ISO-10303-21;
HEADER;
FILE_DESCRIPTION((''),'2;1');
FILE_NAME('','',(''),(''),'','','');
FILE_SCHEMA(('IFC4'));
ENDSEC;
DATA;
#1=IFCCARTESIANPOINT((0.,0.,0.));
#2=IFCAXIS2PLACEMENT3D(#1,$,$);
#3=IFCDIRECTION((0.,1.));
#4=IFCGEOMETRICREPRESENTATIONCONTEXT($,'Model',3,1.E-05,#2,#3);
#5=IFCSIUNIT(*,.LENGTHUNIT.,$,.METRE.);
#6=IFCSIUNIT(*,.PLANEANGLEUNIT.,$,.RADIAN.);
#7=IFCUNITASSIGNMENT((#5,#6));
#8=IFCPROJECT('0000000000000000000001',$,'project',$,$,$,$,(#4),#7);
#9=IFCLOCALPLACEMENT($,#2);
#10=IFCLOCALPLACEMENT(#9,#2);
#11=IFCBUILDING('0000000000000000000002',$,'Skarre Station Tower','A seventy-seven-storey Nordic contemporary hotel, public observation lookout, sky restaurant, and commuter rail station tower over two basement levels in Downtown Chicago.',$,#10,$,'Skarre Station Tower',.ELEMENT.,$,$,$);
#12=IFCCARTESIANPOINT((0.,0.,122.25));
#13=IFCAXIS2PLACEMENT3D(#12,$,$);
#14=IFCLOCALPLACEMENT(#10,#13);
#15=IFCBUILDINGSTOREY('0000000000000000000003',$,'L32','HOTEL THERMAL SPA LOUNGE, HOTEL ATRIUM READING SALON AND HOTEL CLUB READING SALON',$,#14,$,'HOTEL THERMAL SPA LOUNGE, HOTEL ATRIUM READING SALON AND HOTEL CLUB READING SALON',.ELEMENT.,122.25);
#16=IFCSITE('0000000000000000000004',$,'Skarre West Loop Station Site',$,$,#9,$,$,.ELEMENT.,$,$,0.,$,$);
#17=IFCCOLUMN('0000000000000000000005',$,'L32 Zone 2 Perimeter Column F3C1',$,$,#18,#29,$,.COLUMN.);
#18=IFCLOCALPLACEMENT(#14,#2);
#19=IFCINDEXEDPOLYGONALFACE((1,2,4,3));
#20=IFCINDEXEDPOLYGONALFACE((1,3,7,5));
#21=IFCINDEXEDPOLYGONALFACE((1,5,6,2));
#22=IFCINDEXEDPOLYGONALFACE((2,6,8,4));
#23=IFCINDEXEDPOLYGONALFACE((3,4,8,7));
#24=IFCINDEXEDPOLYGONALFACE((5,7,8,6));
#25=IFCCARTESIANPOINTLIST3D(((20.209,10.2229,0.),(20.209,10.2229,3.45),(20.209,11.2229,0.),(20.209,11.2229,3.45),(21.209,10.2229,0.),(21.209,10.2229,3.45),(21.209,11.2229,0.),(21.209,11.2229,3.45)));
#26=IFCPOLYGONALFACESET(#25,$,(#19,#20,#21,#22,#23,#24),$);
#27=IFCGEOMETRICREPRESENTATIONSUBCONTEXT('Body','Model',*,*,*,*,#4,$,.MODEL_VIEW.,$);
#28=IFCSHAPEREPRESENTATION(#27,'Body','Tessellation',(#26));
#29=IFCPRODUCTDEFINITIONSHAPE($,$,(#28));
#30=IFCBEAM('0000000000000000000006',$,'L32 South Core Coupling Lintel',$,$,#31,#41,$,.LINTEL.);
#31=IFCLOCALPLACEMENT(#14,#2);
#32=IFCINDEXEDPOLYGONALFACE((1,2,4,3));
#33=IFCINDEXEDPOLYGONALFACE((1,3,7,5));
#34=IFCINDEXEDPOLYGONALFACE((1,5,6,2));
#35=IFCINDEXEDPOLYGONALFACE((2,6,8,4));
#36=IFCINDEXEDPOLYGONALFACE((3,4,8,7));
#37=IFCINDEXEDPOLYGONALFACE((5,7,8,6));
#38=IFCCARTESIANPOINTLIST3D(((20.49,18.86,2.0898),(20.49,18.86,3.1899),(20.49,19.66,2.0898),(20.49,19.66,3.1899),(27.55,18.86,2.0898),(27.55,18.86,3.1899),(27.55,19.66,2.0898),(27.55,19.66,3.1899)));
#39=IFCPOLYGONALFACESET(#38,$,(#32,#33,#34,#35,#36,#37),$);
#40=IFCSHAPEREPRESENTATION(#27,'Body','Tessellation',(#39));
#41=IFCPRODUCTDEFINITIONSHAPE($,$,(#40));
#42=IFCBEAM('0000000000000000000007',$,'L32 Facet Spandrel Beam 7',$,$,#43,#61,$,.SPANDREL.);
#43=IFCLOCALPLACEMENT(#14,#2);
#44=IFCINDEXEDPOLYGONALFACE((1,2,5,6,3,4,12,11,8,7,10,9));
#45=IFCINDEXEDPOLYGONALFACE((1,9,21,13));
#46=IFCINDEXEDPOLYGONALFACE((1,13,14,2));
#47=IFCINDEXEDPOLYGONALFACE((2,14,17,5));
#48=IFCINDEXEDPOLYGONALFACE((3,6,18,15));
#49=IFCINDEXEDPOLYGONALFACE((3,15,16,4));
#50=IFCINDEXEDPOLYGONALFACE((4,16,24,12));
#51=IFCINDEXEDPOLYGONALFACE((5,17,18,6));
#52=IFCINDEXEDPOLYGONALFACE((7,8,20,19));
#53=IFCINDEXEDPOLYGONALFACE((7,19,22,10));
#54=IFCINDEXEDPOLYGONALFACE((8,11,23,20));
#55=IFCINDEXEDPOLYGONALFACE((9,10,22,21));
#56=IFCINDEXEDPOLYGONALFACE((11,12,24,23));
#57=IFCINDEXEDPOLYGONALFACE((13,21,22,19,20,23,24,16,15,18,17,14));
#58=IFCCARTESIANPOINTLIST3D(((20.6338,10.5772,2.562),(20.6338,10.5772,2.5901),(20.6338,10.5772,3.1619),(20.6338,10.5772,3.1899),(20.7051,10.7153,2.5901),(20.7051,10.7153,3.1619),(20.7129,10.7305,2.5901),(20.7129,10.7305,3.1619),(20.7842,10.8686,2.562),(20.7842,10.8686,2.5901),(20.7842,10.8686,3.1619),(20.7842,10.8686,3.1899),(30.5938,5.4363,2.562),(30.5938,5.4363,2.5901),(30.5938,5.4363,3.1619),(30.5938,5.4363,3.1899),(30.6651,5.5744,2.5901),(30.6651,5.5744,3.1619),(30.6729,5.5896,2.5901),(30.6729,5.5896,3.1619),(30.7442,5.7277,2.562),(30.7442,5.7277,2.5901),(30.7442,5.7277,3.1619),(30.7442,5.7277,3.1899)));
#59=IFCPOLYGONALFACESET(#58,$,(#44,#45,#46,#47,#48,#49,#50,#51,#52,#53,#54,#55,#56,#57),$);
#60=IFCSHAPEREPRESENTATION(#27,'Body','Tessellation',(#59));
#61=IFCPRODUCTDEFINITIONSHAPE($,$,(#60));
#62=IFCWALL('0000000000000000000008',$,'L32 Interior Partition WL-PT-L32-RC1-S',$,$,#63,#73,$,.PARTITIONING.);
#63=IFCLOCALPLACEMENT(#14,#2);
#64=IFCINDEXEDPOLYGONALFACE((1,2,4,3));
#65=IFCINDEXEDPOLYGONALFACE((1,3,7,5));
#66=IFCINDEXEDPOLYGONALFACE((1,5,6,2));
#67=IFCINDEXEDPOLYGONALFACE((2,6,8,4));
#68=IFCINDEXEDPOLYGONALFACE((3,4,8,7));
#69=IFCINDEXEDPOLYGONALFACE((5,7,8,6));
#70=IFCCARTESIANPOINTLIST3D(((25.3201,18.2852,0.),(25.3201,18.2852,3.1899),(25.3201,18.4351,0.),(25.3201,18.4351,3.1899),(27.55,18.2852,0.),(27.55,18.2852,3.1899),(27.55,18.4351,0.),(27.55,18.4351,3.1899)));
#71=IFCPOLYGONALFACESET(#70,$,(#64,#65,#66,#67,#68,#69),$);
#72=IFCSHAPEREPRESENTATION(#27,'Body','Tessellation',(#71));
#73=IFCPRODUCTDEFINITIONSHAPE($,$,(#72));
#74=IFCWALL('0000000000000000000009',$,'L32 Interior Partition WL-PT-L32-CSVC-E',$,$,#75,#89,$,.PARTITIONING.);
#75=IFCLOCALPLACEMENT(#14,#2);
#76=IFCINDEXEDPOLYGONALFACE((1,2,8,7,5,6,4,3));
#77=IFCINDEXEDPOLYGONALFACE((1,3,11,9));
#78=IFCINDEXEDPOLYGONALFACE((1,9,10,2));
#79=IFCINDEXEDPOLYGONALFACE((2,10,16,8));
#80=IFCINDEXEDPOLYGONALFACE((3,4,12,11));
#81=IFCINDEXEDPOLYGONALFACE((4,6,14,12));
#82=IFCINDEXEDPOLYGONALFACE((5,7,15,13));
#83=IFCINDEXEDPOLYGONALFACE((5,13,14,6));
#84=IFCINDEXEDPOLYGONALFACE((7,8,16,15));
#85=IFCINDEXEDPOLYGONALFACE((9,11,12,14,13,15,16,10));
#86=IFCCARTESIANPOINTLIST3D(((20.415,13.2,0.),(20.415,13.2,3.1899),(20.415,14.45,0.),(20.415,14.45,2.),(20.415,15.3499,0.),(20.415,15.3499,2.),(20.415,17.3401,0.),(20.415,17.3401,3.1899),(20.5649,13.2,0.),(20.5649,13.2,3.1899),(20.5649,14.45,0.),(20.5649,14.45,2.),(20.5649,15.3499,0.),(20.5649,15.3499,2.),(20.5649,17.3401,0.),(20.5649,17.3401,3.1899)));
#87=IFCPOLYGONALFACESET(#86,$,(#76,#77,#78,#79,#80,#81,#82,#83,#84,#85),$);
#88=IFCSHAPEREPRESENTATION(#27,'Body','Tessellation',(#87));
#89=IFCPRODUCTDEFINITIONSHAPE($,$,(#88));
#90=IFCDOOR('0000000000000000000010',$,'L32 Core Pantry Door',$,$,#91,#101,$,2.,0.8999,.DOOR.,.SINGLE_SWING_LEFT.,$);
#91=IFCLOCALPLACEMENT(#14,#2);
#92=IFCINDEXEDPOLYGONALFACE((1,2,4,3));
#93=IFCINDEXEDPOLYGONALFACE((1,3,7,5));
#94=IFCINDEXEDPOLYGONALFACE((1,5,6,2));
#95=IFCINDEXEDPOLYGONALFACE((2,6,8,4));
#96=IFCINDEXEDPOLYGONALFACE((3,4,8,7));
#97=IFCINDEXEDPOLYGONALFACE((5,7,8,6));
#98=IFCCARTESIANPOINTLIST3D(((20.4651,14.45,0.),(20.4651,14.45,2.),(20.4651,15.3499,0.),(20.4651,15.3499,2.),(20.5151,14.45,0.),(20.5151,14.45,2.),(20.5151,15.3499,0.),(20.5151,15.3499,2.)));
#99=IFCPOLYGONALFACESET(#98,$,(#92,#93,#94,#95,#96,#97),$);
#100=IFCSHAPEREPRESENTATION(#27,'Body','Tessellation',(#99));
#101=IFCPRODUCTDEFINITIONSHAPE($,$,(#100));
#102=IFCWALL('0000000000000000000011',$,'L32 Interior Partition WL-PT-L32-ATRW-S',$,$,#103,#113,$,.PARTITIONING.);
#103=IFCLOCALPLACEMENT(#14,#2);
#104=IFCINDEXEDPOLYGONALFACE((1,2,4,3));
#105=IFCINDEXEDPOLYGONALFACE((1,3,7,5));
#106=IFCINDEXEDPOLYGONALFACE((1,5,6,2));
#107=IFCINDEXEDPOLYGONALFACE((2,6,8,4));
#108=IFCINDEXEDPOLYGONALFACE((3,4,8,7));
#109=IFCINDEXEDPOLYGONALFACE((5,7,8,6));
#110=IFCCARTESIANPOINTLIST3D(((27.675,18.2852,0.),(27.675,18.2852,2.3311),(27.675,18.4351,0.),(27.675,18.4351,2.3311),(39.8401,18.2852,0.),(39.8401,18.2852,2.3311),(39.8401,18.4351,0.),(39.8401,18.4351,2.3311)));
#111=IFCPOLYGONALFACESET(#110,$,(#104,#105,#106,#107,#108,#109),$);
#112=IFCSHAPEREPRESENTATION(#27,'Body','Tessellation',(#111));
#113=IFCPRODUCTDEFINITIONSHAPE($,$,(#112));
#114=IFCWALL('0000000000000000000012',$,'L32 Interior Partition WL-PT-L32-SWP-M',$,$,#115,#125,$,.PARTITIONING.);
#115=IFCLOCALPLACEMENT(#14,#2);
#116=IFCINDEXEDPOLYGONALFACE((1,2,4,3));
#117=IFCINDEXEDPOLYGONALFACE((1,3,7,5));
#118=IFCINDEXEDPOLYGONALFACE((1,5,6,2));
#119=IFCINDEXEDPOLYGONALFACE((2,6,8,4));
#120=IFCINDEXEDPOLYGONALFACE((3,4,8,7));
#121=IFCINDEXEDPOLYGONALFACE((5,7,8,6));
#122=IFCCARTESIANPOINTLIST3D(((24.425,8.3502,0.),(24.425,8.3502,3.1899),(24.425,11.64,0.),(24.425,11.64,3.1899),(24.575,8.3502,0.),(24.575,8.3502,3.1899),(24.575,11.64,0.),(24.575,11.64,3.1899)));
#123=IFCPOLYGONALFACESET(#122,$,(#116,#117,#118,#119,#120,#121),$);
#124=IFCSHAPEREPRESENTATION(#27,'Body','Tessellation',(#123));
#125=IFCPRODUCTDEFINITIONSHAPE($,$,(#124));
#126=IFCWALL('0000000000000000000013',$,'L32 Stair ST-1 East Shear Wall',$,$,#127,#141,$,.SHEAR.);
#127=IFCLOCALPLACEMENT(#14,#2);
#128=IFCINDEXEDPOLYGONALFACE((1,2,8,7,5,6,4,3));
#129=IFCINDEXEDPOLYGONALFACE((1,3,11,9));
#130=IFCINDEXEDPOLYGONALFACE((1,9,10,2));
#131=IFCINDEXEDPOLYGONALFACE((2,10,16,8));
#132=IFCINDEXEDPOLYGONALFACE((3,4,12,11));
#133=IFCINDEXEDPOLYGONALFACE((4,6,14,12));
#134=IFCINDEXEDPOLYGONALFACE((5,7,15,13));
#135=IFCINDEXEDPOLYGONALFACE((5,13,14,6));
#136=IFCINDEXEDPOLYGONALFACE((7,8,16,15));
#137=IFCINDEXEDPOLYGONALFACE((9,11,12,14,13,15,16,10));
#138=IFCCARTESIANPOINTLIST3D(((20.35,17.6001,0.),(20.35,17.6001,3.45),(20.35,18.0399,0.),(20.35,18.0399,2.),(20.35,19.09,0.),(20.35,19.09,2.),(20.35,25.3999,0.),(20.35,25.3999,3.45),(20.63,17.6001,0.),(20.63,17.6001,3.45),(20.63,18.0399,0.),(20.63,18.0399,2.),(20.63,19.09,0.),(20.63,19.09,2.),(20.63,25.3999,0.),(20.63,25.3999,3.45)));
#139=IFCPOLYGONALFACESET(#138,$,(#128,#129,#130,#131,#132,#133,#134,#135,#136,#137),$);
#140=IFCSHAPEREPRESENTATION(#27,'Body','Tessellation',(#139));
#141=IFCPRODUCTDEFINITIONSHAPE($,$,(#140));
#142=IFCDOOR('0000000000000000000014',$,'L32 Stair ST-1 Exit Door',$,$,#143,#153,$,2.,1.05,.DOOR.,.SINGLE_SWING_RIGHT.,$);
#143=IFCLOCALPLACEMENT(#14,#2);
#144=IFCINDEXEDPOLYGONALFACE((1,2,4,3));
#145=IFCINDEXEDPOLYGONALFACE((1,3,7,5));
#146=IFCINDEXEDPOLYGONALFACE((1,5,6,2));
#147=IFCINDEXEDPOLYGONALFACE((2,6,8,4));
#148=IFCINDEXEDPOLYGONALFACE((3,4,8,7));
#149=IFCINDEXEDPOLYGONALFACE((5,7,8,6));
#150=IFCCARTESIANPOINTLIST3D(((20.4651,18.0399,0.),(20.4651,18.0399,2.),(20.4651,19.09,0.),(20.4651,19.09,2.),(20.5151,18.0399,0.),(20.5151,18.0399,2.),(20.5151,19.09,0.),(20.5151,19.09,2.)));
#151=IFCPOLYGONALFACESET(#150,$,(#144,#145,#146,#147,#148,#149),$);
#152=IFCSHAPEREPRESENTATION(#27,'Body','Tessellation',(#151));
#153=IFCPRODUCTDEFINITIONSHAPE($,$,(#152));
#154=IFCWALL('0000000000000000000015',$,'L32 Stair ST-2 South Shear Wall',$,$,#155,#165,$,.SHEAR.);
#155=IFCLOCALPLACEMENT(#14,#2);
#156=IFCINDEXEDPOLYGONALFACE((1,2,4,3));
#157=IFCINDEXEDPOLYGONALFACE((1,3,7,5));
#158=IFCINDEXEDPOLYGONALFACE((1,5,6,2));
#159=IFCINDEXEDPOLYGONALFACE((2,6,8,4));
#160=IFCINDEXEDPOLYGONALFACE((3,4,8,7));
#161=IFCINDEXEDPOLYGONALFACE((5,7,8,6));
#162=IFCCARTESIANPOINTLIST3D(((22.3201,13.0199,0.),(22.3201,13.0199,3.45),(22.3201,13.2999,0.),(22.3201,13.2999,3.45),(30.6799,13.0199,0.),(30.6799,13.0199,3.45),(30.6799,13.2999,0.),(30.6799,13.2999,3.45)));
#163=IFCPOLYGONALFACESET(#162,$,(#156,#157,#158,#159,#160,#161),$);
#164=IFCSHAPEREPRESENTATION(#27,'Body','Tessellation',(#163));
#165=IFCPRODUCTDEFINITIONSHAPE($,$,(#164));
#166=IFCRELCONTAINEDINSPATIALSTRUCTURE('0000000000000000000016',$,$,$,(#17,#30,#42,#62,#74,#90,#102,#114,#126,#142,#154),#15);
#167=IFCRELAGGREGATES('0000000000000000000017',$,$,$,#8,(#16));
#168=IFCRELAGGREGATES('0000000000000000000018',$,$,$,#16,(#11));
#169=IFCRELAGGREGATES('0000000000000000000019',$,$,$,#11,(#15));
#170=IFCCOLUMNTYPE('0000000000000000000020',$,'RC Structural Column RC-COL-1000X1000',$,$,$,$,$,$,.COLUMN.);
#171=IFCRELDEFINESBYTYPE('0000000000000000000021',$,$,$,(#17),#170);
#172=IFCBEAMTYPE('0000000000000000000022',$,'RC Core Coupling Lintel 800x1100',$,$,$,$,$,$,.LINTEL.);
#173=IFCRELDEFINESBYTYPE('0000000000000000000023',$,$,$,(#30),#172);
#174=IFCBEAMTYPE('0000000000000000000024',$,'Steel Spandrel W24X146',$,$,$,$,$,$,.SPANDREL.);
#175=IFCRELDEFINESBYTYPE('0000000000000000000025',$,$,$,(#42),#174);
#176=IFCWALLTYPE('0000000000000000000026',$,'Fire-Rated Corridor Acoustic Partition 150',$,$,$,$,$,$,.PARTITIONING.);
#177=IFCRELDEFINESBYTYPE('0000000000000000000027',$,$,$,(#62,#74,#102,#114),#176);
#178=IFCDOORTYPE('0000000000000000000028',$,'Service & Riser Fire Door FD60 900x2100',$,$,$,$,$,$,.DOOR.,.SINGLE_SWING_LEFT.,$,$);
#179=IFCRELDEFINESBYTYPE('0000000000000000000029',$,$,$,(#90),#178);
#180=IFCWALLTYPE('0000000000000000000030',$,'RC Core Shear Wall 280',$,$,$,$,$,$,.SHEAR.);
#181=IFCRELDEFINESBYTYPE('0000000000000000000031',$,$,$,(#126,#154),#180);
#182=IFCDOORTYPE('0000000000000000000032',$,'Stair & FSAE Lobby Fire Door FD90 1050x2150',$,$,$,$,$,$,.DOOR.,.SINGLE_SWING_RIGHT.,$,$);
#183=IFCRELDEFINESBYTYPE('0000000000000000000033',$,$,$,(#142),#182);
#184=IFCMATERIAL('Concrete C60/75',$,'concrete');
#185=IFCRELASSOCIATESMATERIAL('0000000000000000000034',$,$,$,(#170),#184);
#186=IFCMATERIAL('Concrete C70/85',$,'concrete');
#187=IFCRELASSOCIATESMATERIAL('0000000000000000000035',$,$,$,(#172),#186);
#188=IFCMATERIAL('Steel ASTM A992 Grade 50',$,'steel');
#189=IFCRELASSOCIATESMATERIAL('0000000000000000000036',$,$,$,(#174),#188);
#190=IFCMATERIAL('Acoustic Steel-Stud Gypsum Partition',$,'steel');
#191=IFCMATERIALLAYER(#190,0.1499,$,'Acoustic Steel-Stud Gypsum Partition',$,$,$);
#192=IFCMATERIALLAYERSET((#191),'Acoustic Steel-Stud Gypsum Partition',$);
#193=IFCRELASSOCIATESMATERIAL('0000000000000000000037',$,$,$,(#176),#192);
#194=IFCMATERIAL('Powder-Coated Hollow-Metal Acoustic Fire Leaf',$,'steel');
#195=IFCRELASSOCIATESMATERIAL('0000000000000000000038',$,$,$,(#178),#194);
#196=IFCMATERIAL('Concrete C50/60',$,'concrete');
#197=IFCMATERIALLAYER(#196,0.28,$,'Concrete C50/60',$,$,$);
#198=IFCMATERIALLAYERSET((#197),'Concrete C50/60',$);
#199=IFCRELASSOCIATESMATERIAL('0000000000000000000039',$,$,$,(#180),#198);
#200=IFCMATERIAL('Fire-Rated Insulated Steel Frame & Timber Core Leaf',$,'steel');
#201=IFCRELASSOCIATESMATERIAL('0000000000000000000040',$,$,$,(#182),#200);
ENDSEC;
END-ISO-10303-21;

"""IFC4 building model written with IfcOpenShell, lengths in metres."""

from ifc_helpers import new_model, si_unit, direction, frame, frame_2d, origin, origin_2d, place, context, subcontext, project, spatial, rectangle, i_section, extrude, material, layer, layer_set, material_profile, profile_set, type_object, element, fill, save


model = new_model("IFC4")

# Units and contexts
model_context = context("Model", 3, precision=1e-05, world=origin(), true_north=direction((0.0, 1.0)))
body_context = subcontext(model_context, "Body", "Model", "MODEL_VIEW")
ifc_project = project(units=[si_unit("LENGTHUNIT", "METRE"), si_unit("PLANEANGLEUNIT", "RADIAN")], contexts=[model_context])

# Site, building, storey
site_placement = place(None, origin())
site = spatial("IfcSite", under=ifc_project, at=site_placement, Name="Skarre West Loop Station Site", CompositionType="ELEMENT", RefElevation=0.0)
building_placement = place(site_placement, origin())
building = spatial("IfcBuilding", under=site, at=building_placement, Name="Skarre Station Tower", Description="A seventy-seven-storey Nordic contemporary hotel, public observation lookout, sky restaurant, and commuter rail station tower over two basement levels in Downtown Chicago.", LongName="Skarre Station Tower", CompositionType="ELEMENT")
storey_placement = place(building_placement, frame((0.0, 0.0, 122.25)))
storey = spatial("IfcBuildingStorey", under=building, at=storey_placement, Name="L32", Description="HOTEL THERMAL SPA LOUNGE, HOTEL ATRIUM READING SALON AND HOTEL CLUB READING SALON", LongName="HOTEL THERMAL SPA LOUNGE, HOTEL ATRIUM READING SALON AND HOTEL CLUB READING SALON", CompositionType="ELEMENT", Elevation=122.25)

# Column
ifc_material_1 = material(Name="Concrete C60/75", Category="concrete")
ifc_material_profile_1 = material_profile(ifc_material_1, rectangle(XDim=1.0, YDim=1.0, at=origin_2d()), Name="Concrete C60/75")
ifc_profile_set_1 = profile_set([ifc_material_profile_1], Name="Concrete C60/75")
column_type = type_object("IfcColumnType", Name="RC Structural Column RC-COL-1000X1000", PredefinedType="COLUMN", material=ifc_profile_set_1)
column_placement = place(storey_placement, frame((20.709, 10.7229, 0.0), z_axis=(0.0, 0.0, 1.0), x_axis=(1.0, 0.0, 0.0)))
element("IfcColumn", 1, at=column_placement, inside=storey, type_object=column_type, Name="L32 Zone 2 Perimeter Column F3C1", PredefinedType="COLUMN", context=body_context, shape_type="SweptSolid", body=[
    extrude(rectangle(XDim=1.0, YDim=1.0, at=origin_2d()), origin(), (0.0, 0.0, 1.0), 3.45),
])

# Beams
ifc_material_2 = material(Name="Concrete C70/85", Category="concrete")
ifc_material_profile_2 = material_profile(ifc_material_2, rectangle(XDim=0.8, YDim=1.1001, at=origin_2d()), Name="Concrete C70/85")
ifc_profile_set_2 = profile_set([ifc_material_profile_2], Name="Concrete C70/85")
beam_type_1 = type_object("IfcBeamType", Name="RC Core Coupling Lintel 800x1100", PredefinedType="LINTEL", material=ifc_profile_set_2)
beam_1_placement = place(storey_placement, frame((20.49, 19.26, 2.6399), z_axis=(1.0, 0.0, 0.0), x_axis=(0.0, 1.0, 0.0)))
element("IfcBeam", 2, at=beam_1_placement, inside=storey, type_object=beam_type_1, Name="L32 South Core Coupling Lintel", PredefinedType="LINTEL", context=body_context, shape_type="SweptSolid", body=[
    extrude(rectangle(XDim=0.8, YDim=1.1001, at=origin_2d()), origin(), (0.0, 0.0, 1.0), 7.0601),
])
ifc_material_3 = material(Name="Steel ASTM A992 Grade 50", Category="steel")
ifc_material_profile_3 = material_profile(ifc_material_3, i_section(OverallWidth=0.3279, OverallDepth=0.6279, WebThickness=0.0171, FlangeThickness=0.0281, at=origin_2d()), Name="Steel ASTM A992 Grade 50")
ifc_profile_set_3 = profile_set([ifc_material_profile_3], Name="Steel ASTM A992 Grade 50")
beam_type_2 = type_object("IfcBeamType", Name="Steel Spandrel W24X146", PredefinedType="SPANDREL", material=ifc_profile_set_3)
beam_2_placement = place(storey_placement, frame((20.709, 10.7229, 2.876), z_axis=(0.888612, -0.45866, 0.0), x_axis=(0.45866, 0.888612, 0.0)))
element("IfcBeam", 3, at=beam_2_placement, inside=storey, type_object=beam_type_2, Name="L32 Facet Spandrel Beam 7", PredefinedType="SPANDREL", context=body_context, shape_type="SweptSolid", body=[
    extrude(i_section(OverallWidth=0.3279, OverallDepth=0.6279, WebThickness=0.0171, FlangeThickness=0.0281, at=origin_2d()), origin(), (0.0, 0.0, 1.0), 11.2085),
])

# Wall
ifc_material_4 = material(Name="Acoustic Steel-Stud Gypsum Partition", Category="steel")
ifc_layer_1 = layer(ifc_material_4, 0.1499, Name="Acoustic Steel-Stud Gypsum Partition")
ifc_layer_set_1 = layer_set([ifc_layer_1], Name="Acoustic Steel-Stud Gypsum Partition")
wall_type_1 = type_object("IfcWallType", Name="Fire-Rated Corridor Acoustic Partition 150", PredefinedType="PARTITIONING", material=ifc_layer_set_1)
wall_1_placement = place(storey_placement, frame((25.3201, 18.3601, 0.0), z_axis=(0.0, 0.0, 1.0), x_axis=(1.0, 0.0, 0.0)))
element("IfcWall", 4, at=wall_1_placement, inside=storey, type_object=wall_type_1, Name="L32 Interior Partition WL-PT-L32-RC1-S", PredefinedType="PARTITIONING", context=body_context, shape_type="SweptSolid", body=[
    extrude(rectangle(XDim=2.23, YDim=0.1499, at=frame_2d((1.115, 0.0))), origin(), (0.0, 0.0, 1.0), 3.1899),
])

# Wall, opening, door
wall_2_placement = place(storey_placement, frame((20.49, 13.2, 0.0), z_axis=(0.0, 0.0, 1.0), x_axis=(0.0, 1.0, 0.0)))
wall_2 = element("IfcWall", 5, at=wall_2_placement, inside=storey, type_object=wall_type_1, Name="L32 Interior Partition WL-PT-L32-CSVC-E", PredefinedType="PARTITIONING", context=body_context, shape_type="SweptSolid", body=[
    extrude(rectangle(XDim=4.1401, YDim=0.1499, at=frame_2d((2.0701, 0.0))), origin(), (0.0, 0.0, 1.0), 3.1899),
])
opening_1_placement = place(wall_2_placement, frame((1.25, 0.0, 0.0)))
opening_1 = element("IfcOpeningElement", 6, at=opening_1_placement, cuts=wall_2, PredefinedType="OPENING", context=body_context, shape_type="SweptSolid", body=[
    extrude(rectangle(XDim=0.8999, YDim=2.0, at=frame_2d((0.45, 1.0))), frame((0.0, 0.085, 0.0), z_axis=(0.0, -1.0, 0.0), x_axis=(1.0, 0.0, 0.0)), (0.0, 0.0, 1.0), 0.1699),
])
ifc_material_5 = material(Name="Powder-Coated Hollow-Metal Acoustic Fire Leaf", Category="steel")
door_type_1 = type_object("IfcDoorType", Name="Service & Riser Fire Door FD60 900x2100", OperationType="SINGLE_SWING_LEFT", PredefinedType="DOOR", material=ifc_material_5)
door_1_placement = place(opening_1_placement, origin())
door_1 = element("IfcDoor", 7, at=door_1_placement, inside=storey, type_object=door_type_1, Name="L32 Core Pantry Door", OperationType="SINGLE_SWING_LEFT", OverallHeight=2.0, OverallWidth=0.8999, PredefinedType="DOOR", context=body_context, shape_type="SweptSolid", body=[
    extrude(rectangle(XDim=0.8999, YDim=2.0, at=frame_2d((0.45, 1.0))), frame((0.0, 0.0249, 0.0), z_axis=(0.0, -1.0, 0.0), x_axis=(1.0, 0.0, 0.0)), (0.0, 0.0, 1.0), 0.05),
])
fill(opening_1, door_1)

# Walls
wall_3_placement = place(storey_placement, frame((27.675, 18.3601, 0.0), z_axis=(0.0, 0.0, 1.0), x_axis=(1.0, 0.0, 0.0)))
element("IfcWall", 8, at=wall_3_placement, inside=storey, type_object=wall_type_1, Name="L32 Interior Partition WL-PT-L32-ATRW-S", PredefinedType="PARTITIONING", context=body_context, shape_type="SweptSolid", body=[
    extrude(rectangle(XDim=12.165, YDim=0.1499, at=frame_2d((6.0825, 0.0))), origin(), (0.0, 0.0, 1.0), 2.3311),
])
wall_4_placement = place(storey_placement, frame((24.5, 8.3501, 0.0), z_axis=(0.0, 0.0, 1.0), x_axis=(0.0, 1.0, 0.0)))
element("IfcWall", 9, at=wall_4_placement, inside=storey, type_object=wall_type_1, Name="L32 Interior Partition WL-PT-L32-SWP-M", PredefinedType="PARTITIONING", context=body_context, shape_type="SweptSolid", body=[
    extrude(rectangle(XDim=3.2898, YDim=0.1499, at=frame_2d((1.645, 0.0))), origin(), (0.0, 0.0, 1.0), 3.1899),
])

# Wall, opening, door
ifc_material_6 = material(Name="Concrete C50/60", Category="concrete")
ifc_layer_2 = layer(ifc_material_6, 0.28, Name="Concrete C50/60")
ifc_layer_set_2 = layer_set([ifc_layer_2], Name="Concrete C50/60")
wall_type_2 = type_object("IfcWallType", Name="RC Core Shear Wall 280", PredefinedType="SHEAR", material=ifc_layer_set_2)
wall_5_placement = place(storey_placement, frame((20.49, 17.6001, 0.0), z_axis=(0.0, 0.0, 1.0), x_axis=(0.0, 1.0, 0.0)))
wall_5 = element("IfcWall", 10, at=wall_5_placement, inside=storey, type_object=wall_type_2, Name="L32 Stair ST-1 East Shear Wall", PredefinedType="SHEAR", context=body_context, shape_type="SweptSolid", body=[
    extrude(rectangle(XDim=7.7998, YDim=0.28, at=frame_2d((3.8999, 0.0))), origin(), (0.0, 0.0, 1.0), 3.45),
])
opening_2_placement = place(wall_5_placement, frame((0.4399, 0.0, 0.0)))
opening_2 = element("IfcOpeningElement", 11, at=opening_2_placement, cuts=wall_5, PredefinedType="OPENING", context=body_context, shape_type="SweptSolid", body=[
    extrude(rectangle(XDim=1.05, YDim=2.0, at=frame_2d((0.5249, 1.0))), frame((0.0, 0.1499, 0.0), z_axis=(0.0, -1.0, 0.0), x_axis=(1.0, 0.0, 0.0)), (0.0, 0.0, 1.0), 0.3),
])
ifc_material_7 = material(Name="Fire-Rated Insulated Steel Frame & Timber Core Leaf", Category="steel")
door_type_2 = type_object("IfcDoorType", Name="Stair & FSAE Lobby Fire Door FD90 1050x2150", OperationType="SINGLE_SWING_RIGHT", PredefinedType="DOOR", material=ifc_material_7)
door_2_placement = place(opening_2_placement, origin())
door_2 = element("IfcDoor", 12, at=door_2_placement, inside=storey, type_object=door_type_2, Name="L32 Stair ST-1 Exit Door", OperationType="SINGLE_SWING_RIGHT", OverallHeight=2.0, OverallWidth=1.05, PredefinedType="DOOR", context=body_context, shape_type="SweptSolid", body=[
    extrude(rectangle(XDim=1.05, YDim=2.0, at=frame_2d((0.5249, 1.0))), frame((0.0, 0.0249, 0.0), z_axis=(0.0, -1.0, 0.0), x_axis=(1.0, 0.0, 0.0)), (0.0, 0.0, 1.0), 0.05),
])
fill(opening_2, door_2)

# Wall
wall_6_placement = place(storey_placement, frame((22.3201, 13.1599, 0.0), z_axis=(0.0, 0.0, 1.0), x_axis=(1.0, 0.0, 0.0)))
element("IfcWall", 13, at=wall_6_placement, inside=storey, type_object=wall_type_2, Name="L32 Stair ST-2 South Shear Wall", PredefinedType="SHEAR", context=body_context, shape_type="SweptSolid", body=[
    extrude(rectangle(XDim=8.3599, YDim=0.28, at=frame_2d((4.1799, 0.0))), origin(), (0.0, 0.0, 1.0), 3.45),
])

save(model, "model.ifc")
